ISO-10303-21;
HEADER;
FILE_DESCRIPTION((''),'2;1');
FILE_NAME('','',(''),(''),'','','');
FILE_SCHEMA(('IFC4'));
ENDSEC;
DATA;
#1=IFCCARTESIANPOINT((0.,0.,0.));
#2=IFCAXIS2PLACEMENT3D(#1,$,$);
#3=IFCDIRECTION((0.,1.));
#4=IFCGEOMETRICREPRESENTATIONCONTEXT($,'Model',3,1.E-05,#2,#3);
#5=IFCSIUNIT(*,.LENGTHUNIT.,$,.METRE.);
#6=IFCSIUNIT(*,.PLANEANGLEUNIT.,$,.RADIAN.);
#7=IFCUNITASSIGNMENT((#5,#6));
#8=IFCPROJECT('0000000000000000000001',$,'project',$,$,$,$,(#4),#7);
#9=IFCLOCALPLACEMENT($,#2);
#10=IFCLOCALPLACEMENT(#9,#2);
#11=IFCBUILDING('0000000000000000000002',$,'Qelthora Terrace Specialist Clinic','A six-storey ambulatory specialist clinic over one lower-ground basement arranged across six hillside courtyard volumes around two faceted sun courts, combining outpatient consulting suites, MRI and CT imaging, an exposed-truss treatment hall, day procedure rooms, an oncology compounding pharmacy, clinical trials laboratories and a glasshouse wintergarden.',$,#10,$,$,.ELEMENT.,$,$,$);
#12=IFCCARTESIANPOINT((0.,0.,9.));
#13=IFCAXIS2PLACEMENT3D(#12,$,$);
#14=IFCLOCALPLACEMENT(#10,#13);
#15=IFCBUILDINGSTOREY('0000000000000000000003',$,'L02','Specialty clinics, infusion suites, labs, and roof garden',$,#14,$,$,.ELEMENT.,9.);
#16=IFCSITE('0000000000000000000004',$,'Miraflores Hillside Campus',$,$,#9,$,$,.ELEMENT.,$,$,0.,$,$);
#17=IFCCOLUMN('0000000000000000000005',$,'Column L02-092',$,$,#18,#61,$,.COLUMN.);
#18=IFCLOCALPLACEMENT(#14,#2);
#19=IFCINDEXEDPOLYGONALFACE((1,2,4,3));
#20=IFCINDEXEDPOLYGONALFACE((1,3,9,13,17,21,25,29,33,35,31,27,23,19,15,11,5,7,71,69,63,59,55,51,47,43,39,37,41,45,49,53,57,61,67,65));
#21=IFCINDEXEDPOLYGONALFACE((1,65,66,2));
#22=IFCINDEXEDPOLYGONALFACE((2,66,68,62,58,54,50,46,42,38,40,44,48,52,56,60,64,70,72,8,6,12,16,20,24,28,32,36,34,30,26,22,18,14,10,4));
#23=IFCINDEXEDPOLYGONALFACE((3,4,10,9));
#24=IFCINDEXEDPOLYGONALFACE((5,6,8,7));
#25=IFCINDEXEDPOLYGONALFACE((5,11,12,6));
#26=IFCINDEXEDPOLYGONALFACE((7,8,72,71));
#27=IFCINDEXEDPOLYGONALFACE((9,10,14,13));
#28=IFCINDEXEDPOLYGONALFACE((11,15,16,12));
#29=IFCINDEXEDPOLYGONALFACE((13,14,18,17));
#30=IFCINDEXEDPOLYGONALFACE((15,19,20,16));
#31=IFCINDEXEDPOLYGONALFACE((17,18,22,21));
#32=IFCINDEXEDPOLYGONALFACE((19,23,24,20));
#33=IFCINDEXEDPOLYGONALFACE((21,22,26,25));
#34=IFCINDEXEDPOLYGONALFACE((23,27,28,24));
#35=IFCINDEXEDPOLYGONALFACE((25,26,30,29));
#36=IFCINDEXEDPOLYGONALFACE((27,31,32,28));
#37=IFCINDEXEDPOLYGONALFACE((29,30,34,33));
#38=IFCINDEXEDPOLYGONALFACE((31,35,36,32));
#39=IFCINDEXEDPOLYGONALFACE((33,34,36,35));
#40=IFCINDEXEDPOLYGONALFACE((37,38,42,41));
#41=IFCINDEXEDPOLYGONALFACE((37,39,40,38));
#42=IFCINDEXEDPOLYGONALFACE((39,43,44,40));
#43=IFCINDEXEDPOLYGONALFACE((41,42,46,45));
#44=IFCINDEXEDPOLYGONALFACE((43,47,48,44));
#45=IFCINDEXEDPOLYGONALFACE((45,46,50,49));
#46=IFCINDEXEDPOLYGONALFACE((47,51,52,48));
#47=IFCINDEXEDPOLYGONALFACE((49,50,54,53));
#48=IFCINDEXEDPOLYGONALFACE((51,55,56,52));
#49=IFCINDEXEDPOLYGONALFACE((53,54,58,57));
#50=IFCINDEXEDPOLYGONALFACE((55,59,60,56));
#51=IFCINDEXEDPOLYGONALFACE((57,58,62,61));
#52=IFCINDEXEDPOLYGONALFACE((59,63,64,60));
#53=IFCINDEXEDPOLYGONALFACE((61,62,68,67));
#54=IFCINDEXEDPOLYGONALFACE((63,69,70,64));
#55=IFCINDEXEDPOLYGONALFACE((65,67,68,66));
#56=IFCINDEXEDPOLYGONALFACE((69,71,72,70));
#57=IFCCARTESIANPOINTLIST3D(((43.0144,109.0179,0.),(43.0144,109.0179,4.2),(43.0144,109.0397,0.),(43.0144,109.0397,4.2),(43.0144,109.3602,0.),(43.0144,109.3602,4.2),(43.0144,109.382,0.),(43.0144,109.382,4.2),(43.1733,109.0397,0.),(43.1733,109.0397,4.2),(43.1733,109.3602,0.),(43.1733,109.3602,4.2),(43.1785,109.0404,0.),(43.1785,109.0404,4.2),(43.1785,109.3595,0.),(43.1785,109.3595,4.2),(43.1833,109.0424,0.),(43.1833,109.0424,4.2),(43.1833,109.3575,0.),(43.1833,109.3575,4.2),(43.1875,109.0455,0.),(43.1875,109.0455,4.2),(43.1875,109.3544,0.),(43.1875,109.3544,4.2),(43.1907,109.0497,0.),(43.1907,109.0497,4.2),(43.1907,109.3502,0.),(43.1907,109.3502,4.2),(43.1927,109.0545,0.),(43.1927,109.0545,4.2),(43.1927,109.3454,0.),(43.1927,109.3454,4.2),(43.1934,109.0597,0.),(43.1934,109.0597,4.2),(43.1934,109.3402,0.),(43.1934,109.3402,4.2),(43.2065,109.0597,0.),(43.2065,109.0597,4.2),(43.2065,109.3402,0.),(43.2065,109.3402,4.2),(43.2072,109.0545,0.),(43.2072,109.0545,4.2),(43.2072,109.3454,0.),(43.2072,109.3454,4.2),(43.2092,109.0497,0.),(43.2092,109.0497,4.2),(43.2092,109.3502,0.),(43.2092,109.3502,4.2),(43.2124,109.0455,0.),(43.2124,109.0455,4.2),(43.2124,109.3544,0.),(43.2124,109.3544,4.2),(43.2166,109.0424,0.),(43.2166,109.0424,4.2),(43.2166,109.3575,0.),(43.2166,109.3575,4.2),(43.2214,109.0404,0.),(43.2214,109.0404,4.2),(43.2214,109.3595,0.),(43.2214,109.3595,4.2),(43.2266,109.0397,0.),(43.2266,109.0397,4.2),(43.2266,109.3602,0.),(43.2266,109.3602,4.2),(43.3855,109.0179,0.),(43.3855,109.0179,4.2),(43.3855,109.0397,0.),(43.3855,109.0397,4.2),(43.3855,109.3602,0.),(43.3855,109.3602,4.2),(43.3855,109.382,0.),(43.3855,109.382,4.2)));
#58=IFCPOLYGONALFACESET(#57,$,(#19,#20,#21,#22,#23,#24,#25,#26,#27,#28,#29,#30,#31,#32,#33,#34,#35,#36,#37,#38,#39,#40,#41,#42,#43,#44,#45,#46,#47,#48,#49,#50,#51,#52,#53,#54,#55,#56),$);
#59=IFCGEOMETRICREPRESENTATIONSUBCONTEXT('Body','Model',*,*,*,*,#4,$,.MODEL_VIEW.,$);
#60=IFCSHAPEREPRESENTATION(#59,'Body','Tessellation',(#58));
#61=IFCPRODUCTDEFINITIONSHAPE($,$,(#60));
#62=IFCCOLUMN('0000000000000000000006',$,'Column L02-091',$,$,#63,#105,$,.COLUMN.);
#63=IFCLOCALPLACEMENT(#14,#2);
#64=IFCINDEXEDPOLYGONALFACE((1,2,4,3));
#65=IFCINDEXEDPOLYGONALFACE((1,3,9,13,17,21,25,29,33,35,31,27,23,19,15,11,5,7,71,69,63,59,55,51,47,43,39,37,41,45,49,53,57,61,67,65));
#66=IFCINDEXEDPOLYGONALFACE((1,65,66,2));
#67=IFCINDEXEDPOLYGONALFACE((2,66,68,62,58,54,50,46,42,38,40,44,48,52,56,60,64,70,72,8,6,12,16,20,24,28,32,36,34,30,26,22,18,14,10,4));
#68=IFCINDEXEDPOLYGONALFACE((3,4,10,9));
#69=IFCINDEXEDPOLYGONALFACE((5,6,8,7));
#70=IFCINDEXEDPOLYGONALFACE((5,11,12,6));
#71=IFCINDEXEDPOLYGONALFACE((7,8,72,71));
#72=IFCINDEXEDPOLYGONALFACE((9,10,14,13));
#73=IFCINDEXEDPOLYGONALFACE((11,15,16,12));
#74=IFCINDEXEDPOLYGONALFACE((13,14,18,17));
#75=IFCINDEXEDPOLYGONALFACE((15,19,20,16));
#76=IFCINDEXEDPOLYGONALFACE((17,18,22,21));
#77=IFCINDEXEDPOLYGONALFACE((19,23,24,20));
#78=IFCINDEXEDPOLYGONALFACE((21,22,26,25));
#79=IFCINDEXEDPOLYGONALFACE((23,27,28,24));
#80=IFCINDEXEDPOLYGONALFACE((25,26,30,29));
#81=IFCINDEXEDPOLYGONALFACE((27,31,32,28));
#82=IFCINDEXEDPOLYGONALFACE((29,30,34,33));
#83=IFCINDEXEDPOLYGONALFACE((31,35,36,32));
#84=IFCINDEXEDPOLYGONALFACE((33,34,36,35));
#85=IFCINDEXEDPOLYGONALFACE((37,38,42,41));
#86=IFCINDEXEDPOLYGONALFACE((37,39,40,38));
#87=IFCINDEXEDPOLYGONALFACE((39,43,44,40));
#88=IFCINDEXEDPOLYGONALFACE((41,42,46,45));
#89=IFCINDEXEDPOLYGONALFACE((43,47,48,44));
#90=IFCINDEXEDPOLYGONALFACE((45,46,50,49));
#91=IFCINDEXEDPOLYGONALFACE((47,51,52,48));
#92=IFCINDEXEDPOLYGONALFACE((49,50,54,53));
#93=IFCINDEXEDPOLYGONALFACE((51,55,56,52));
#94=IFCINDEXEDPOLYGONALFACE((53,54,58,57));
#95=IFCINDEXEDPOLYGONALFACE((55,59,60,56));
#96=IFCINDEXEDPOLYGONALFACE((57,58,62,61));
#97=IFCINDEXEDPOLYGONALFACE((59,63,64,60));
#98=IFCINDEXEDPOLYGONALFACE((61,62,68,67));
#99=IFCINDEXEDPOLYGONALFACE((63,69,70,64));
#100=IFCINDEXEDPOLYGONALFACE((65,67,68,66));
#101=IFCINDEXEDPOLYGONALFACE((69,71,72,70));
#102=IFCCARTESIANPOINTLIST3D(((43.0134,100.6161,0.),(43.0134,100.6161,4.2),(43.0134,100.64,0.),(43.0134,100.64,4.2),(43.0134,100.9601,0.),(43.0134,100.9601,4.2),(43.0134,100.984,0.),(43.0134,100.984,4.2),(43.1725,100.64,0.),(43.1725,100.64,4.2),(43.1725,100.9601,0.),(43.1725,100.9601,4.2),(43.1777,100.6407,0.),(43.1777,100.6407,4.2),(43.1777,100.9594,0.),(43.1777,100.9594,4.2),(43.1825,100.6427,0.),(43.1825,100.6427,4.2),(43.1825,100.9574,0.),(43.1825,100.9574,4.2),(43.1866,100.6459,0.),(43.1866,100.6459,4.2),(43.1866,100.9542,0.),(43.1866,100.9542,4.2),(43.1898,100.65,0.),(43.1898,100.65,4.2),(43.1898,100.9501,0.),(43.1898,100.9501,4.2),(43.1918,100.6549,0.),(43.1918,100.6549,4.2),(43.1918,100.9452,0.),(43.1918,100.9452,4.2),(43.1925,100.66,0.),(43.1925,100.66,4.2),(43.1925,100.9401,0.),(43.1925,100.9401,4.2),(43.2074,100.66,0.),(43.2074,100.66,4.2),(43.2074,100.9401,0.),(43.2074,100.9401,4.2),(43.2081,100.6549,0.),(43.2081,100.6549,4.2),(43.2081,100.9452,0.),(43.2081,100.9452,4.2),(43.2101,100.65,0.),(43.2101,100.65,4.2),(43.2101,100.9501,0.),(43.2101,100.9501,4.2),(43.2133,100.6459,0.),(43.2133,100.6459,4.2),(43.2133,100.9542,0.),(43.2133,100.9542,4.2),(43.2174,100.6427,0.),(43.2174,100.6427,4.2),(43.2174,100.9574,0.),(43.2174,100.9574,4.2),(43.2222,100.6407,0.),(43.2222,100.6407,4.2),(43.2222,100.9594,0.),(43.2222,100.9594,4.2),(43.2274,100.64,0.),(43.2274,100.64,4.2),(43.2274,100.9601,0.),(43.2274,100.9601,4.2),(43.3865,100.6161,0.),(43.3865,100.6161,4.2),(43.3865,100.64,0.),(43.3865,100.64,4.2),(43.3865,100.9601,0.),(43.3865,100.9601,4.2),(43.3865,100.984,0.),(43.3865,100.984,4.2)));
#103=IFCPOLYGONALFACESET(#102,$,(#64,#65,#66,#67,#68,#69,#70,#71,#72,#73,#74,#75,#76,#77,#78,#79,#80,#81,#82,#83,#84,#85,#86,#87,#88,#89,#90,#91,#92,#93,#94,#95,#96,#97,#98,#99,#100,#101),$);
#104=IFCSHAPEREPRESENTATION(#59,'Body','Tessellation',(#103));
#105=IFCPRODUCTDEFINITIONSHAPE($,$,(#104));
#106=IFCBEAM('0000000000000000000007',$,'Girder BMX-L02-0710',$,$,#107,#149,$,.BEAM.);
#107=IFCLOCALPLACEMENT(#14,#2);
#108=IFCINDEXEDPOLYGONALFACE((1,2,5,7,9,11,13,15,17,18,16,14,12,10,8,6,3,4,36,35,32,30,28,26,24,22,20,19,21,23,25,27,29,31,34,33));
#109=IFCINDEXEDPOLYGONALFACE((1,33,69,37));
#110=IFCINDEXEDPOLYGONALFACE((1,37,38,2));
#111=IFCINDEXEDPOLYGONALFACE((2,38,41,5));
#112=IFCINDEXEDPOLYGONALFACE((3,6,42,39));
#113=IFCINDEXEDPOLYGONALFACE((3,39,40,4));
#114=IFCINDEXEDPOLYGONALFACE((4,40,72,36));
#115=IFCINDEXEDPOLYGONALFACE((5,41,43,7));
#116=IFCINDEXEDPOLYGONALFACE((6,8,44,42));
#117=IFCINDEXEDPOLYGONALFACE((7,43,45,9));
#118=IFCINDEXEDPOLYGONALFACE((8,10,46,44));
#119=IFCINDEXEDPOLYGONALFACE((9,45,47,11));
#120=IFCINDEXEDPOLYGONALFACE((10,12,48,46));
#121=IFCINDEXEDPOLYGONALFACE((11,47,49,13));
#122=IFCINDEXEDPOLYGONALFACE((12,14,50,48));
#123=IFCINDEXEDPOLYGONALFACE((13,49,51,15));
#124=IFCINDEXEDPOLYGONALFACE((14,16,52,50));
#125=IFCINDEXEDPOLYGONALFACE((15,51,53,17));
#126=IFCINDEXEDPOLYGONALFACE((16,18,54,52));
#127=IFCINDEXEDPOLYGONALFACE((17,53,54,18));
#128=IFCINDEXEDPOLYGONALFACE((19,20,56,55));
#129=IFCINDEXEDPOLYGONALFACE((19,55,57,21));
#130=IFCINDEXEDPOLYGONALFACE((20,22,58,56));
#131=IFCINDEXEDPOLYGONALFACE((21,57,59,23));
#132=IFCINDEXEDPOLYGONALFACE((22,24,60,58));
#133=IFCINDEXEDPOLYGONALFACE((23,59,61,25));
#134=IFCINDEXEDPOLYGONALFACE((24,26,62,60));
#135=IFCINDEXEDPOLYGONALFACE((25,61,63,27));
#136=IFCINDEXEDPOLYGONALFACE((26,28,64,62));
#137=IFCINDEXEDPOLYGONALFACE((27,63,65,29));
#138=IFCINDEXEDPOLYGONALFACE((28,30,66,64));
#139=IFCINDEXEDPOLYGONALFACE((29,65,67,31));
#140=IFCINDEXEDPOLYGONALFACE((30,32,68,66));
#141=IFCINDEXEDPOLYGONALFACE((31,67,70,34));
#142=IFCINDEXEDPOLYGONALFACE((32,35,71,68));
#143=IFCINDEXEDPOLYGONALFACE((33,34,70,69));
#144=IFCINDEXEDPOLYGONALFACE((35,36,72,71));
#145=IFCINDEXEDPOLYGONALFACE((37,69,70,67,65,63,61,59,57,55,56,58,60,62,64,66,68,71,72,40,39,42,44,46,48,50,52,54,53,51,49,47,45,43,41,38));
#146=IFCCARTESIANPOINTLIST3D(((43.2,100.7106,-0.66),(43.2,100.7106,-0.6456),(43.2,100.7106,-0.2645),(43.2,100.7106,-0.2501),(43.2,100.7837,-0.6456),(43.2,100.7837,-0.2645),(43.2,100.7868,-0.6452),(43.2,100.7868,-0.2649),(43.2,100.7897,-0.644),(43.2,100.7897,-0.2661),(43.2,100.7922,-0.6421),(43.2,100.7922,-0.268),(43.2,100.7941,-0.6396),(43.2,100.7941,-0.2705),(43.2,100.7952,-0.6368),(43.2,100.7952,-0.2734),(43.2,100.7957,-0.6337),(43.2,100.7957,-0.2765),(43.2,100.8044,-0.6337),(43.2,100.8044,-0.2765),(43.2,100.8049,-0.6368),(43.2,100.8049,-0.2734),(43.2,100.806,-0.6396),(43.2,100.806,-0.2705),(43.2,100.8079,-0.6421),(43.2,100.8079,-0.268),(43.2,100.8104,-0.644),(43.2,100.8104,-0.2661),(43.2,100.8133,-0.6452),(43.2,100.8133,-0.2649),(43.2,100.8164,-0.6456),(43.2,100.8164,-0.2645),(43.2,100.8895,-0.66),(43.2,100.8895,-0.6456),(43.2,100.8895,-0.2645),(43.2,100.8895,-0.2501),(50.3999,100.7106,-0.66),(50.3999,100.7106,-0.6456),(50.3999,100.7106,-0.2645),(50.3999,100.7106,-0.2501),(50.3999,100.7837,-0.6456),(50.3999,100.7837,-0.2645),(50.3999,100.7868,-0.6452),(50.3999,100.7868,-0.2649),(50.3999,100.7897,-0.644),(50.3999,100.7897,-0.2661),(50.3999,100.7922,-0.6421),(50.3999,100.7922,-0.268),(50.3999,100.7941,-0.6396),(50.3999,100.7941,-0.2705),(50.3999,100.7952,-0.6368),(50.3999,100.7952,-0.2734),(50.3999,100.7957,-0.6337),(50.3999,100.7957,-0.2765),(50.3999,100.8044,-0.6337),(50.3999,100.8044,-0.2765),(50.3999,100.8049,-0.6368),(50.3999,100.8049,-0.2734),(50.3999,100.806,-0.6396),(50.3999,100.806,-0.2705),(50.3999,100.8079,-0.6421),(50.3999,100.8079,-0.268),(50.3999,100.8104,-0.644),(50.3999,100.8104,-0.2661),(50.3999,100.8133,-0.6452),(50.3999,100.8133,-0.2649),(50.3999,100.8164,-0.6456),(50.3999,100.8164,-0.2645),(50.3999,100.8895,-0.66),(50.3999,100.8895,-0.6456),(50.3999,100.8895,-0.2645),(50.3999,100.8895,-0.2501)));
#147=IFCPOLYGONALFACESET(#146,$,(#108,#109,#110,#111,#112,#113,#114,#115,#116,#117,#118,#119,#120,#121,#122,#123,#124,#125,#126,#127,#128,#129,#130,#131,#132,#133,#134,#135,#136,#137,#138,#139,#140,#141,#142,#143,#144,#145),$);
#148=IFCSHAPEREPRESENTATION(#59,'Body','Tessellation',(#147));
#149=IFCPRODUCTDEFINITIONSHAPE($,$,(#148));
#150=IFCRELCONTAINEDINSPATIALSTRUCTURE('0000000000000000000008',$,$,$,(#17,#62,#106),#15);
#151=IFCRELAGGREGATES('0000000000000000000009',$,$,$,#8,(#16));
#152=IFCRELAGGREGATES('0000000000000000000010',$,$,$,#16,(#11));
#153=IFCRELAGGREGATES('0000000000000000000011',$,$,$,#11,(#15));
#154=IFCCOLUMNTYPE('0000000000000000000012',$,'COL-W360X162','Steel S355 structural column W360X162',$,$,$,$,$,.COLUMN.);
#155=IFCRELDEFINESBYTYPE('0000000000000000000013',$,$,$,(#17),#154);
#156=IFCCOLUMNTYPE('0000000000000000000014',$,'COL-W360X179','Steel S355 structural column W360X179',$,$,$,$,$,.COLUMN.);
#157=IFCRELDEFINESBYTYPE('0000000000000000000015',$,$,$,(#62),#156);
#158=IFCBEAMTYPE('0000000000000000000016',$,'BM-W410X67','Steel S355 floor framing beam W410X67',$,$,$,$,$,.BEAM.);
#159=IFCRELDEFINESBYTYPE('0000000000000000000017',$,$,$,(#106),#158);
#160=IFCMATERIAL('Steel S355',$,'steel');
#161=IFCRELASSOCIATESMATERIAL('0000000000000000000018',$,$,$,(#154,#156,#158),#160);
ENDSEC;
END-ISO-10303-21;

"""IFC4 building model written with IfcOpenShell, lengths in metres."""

from ifc_helpers import new_model, si_unit, direction, frame, origin, origin_2d, place, context, subcontext, project, spatial, i_section, extrude, material, material_profile, profile_set, type_object, element, save


model = new_model("IFC4")

# Units and contexts
model_context = context("Model", 3, precision=1e-05, world=origin(), true_north=direction((0.0, 1.0)))
body_context = subcontext(model_context, "Body", "Model", "MODEL_VIEW")
ifc_project = project(units=[si_unit("LENGTHUNIT", "METRE"), si_unit("PLANEANGLEUNIT", "RADIAN")], contexts=[model_context])

# Site, building, storey
site_placement = place(None, origin())
site = spatial("IfcSite", under=ifc_project, at=site_placement, Name="Miraflores Hillside Campus", CompositionType="ELEMENT", RefElevation=0.0)
building_placement = place(site_placement, origin())
building = spatial("IfcBuilding", under=site, at=building_placement, Name="Qelthora Terrace Specialist Clinic", Description="A six-storey ambulatory specialist clinic over one lower-ground basement arranged across six hillside courtyard volumes around two faceted sun courts, combining outpatient consulting suites, MRI and CT imaging, an exposed-truss treatment hall, day procedure rooms, an oncology compounding pharmacy, clinical trials laboratories and a glasshouse wintergarden.", CompositionType="ELEMENT")
storey_placement = place(building_placement, frame((0.0, 0.0, 9.0)))
storey = spatial("IfcBuildingStorey", under=building, at=storey_placement, Name="L02", Description="Specialty clinics, infusion suites, labs, and roof garden", CompositionType="ELEMENT", Elevation=9.0)

# Columns
ifc_material_1 = material(Name="Steel S355", Category="steel")
ifc_material_profile_1 = material_profile(ifc_material_1, i_section(OverallWidth=0.3711, OverallDepth=0.364, WebThickness=0.0132, FlangeThickness=0.0217, FilletRadius=0.02, at=origin_2d()), Name="W360X162")
ifc_profile_set_1 = profile_set([ifc_material_profile_1], Name="Steel S355")
column_type_1 = type_object("IfcColumnType", Name="COL-W360X162", Description="Steel S355 structural column W360X162", PredefinedType="COLUMN", material=ifc_profile_set_1)
column_1_placement = place(storey_placement, frame((43.2, 109.2, 0.0), z_axis=(0.0, 0.0, 1.0), x_axis=(1.0, 0.0, 0.0)))
element("IfcColumn", 1, at=column_1_placement, inside=storey, type_object=column_type_1, Name="Column L02-092", PredefinedType="COLUMN", context=body_context, shape_type="SweptSolid", body=[
    extrude(i_section(OverallWidth=0.3711, OverallDepth=0.364, WebThickness=0.0132, FlangeThickness=0.0217, FilletRadius=0.02, at=origin_2d()), origin(), (0.0, 0.0, 1.0), 4.2),
])
ifc_material_profile_2 = material_profile(ifc_material_1, i_section(OverallWidth=0.373, OverallDepth=0.3679, WebThickness=0.0149, FlangeThickness=0.0239, FilletRadius=0.02, at=origin_2d()), Name="W360X179")
ifc_profile_set_2 = profile_set([ifc_material_profile_2], Name="Steel S355")
column_type_2 = type_object("IfcColumnType", Name="COL-W360X179", Description="Steel S355 structural column W360X179", PredefinedType="COLUMN", material=ifc_profile_set_2)
column_2_placement = place(storey_placement, frame((43.2, 100.8, 0.0), z_axis=(0.0, 0.0, 1.0), x_axis=(1.0, 0.0, 0.0)))
element("IfcColumn", 2, at=column_2_placement, inside=storey, type_object=column_type_2, Name="Column L02-091", PredefinedType="COLUMN", context=body_context, shape_type="SweptSolid", body=[
    extrude(i_section(OverallWidth=0.373, OverallDepth=0.3679, WebThickness=0.0149, FlangeThickness=0.0239, FilletRadius=0.02, at=origin_2d()), origin(), (0.0, 0.0, 1.0), 4.2),
])

# Beam
ifc_material_profile_3 = material_profile(ifc_material_1, i_section(OverallWidth=0.179, OverallDepth=0.4099, WebThickness=0.0088, FlangeThickness=0.0144, FilletRadius=0.012, at=origin_2d()), Name="W410X67")
ifc_profile_set_3 = profile_set([ifc_material_profile_3], Name="Steel S355")
beam_type_1 = type_object("IfcBeamType", Name="BM-W410X67", Description="Steel S355 floor framing beam W410X67", PredefinedType="BEAM", material=ifc_profile_set_3)
beam_1_placement = place(storey_placement, frame((43.2, 100.8, -0.4551), z_axis=(1.0, 0.0, 0.0), x_axis=(0.0, 1.0, 0.0)))
element("IfcBeam", 3, at=beam_1_placement, inside=storey, type_object=beam_type_1, Name="Girder BMX-L02-0710", PredefinedType="BEAM", context=body_context, shape_type="SweptSolid", body=[
    extrude(i_section(OverallWidth=0.179, OverallDepth=0.4099, WebThickness=0.0088, FlangeThickness=0.0144, FilletRadius=0.012, at=origin_2d()), origin(), (0.0, 0.0, 1.0), 7.2),
])

save(model, "model.ifc")
